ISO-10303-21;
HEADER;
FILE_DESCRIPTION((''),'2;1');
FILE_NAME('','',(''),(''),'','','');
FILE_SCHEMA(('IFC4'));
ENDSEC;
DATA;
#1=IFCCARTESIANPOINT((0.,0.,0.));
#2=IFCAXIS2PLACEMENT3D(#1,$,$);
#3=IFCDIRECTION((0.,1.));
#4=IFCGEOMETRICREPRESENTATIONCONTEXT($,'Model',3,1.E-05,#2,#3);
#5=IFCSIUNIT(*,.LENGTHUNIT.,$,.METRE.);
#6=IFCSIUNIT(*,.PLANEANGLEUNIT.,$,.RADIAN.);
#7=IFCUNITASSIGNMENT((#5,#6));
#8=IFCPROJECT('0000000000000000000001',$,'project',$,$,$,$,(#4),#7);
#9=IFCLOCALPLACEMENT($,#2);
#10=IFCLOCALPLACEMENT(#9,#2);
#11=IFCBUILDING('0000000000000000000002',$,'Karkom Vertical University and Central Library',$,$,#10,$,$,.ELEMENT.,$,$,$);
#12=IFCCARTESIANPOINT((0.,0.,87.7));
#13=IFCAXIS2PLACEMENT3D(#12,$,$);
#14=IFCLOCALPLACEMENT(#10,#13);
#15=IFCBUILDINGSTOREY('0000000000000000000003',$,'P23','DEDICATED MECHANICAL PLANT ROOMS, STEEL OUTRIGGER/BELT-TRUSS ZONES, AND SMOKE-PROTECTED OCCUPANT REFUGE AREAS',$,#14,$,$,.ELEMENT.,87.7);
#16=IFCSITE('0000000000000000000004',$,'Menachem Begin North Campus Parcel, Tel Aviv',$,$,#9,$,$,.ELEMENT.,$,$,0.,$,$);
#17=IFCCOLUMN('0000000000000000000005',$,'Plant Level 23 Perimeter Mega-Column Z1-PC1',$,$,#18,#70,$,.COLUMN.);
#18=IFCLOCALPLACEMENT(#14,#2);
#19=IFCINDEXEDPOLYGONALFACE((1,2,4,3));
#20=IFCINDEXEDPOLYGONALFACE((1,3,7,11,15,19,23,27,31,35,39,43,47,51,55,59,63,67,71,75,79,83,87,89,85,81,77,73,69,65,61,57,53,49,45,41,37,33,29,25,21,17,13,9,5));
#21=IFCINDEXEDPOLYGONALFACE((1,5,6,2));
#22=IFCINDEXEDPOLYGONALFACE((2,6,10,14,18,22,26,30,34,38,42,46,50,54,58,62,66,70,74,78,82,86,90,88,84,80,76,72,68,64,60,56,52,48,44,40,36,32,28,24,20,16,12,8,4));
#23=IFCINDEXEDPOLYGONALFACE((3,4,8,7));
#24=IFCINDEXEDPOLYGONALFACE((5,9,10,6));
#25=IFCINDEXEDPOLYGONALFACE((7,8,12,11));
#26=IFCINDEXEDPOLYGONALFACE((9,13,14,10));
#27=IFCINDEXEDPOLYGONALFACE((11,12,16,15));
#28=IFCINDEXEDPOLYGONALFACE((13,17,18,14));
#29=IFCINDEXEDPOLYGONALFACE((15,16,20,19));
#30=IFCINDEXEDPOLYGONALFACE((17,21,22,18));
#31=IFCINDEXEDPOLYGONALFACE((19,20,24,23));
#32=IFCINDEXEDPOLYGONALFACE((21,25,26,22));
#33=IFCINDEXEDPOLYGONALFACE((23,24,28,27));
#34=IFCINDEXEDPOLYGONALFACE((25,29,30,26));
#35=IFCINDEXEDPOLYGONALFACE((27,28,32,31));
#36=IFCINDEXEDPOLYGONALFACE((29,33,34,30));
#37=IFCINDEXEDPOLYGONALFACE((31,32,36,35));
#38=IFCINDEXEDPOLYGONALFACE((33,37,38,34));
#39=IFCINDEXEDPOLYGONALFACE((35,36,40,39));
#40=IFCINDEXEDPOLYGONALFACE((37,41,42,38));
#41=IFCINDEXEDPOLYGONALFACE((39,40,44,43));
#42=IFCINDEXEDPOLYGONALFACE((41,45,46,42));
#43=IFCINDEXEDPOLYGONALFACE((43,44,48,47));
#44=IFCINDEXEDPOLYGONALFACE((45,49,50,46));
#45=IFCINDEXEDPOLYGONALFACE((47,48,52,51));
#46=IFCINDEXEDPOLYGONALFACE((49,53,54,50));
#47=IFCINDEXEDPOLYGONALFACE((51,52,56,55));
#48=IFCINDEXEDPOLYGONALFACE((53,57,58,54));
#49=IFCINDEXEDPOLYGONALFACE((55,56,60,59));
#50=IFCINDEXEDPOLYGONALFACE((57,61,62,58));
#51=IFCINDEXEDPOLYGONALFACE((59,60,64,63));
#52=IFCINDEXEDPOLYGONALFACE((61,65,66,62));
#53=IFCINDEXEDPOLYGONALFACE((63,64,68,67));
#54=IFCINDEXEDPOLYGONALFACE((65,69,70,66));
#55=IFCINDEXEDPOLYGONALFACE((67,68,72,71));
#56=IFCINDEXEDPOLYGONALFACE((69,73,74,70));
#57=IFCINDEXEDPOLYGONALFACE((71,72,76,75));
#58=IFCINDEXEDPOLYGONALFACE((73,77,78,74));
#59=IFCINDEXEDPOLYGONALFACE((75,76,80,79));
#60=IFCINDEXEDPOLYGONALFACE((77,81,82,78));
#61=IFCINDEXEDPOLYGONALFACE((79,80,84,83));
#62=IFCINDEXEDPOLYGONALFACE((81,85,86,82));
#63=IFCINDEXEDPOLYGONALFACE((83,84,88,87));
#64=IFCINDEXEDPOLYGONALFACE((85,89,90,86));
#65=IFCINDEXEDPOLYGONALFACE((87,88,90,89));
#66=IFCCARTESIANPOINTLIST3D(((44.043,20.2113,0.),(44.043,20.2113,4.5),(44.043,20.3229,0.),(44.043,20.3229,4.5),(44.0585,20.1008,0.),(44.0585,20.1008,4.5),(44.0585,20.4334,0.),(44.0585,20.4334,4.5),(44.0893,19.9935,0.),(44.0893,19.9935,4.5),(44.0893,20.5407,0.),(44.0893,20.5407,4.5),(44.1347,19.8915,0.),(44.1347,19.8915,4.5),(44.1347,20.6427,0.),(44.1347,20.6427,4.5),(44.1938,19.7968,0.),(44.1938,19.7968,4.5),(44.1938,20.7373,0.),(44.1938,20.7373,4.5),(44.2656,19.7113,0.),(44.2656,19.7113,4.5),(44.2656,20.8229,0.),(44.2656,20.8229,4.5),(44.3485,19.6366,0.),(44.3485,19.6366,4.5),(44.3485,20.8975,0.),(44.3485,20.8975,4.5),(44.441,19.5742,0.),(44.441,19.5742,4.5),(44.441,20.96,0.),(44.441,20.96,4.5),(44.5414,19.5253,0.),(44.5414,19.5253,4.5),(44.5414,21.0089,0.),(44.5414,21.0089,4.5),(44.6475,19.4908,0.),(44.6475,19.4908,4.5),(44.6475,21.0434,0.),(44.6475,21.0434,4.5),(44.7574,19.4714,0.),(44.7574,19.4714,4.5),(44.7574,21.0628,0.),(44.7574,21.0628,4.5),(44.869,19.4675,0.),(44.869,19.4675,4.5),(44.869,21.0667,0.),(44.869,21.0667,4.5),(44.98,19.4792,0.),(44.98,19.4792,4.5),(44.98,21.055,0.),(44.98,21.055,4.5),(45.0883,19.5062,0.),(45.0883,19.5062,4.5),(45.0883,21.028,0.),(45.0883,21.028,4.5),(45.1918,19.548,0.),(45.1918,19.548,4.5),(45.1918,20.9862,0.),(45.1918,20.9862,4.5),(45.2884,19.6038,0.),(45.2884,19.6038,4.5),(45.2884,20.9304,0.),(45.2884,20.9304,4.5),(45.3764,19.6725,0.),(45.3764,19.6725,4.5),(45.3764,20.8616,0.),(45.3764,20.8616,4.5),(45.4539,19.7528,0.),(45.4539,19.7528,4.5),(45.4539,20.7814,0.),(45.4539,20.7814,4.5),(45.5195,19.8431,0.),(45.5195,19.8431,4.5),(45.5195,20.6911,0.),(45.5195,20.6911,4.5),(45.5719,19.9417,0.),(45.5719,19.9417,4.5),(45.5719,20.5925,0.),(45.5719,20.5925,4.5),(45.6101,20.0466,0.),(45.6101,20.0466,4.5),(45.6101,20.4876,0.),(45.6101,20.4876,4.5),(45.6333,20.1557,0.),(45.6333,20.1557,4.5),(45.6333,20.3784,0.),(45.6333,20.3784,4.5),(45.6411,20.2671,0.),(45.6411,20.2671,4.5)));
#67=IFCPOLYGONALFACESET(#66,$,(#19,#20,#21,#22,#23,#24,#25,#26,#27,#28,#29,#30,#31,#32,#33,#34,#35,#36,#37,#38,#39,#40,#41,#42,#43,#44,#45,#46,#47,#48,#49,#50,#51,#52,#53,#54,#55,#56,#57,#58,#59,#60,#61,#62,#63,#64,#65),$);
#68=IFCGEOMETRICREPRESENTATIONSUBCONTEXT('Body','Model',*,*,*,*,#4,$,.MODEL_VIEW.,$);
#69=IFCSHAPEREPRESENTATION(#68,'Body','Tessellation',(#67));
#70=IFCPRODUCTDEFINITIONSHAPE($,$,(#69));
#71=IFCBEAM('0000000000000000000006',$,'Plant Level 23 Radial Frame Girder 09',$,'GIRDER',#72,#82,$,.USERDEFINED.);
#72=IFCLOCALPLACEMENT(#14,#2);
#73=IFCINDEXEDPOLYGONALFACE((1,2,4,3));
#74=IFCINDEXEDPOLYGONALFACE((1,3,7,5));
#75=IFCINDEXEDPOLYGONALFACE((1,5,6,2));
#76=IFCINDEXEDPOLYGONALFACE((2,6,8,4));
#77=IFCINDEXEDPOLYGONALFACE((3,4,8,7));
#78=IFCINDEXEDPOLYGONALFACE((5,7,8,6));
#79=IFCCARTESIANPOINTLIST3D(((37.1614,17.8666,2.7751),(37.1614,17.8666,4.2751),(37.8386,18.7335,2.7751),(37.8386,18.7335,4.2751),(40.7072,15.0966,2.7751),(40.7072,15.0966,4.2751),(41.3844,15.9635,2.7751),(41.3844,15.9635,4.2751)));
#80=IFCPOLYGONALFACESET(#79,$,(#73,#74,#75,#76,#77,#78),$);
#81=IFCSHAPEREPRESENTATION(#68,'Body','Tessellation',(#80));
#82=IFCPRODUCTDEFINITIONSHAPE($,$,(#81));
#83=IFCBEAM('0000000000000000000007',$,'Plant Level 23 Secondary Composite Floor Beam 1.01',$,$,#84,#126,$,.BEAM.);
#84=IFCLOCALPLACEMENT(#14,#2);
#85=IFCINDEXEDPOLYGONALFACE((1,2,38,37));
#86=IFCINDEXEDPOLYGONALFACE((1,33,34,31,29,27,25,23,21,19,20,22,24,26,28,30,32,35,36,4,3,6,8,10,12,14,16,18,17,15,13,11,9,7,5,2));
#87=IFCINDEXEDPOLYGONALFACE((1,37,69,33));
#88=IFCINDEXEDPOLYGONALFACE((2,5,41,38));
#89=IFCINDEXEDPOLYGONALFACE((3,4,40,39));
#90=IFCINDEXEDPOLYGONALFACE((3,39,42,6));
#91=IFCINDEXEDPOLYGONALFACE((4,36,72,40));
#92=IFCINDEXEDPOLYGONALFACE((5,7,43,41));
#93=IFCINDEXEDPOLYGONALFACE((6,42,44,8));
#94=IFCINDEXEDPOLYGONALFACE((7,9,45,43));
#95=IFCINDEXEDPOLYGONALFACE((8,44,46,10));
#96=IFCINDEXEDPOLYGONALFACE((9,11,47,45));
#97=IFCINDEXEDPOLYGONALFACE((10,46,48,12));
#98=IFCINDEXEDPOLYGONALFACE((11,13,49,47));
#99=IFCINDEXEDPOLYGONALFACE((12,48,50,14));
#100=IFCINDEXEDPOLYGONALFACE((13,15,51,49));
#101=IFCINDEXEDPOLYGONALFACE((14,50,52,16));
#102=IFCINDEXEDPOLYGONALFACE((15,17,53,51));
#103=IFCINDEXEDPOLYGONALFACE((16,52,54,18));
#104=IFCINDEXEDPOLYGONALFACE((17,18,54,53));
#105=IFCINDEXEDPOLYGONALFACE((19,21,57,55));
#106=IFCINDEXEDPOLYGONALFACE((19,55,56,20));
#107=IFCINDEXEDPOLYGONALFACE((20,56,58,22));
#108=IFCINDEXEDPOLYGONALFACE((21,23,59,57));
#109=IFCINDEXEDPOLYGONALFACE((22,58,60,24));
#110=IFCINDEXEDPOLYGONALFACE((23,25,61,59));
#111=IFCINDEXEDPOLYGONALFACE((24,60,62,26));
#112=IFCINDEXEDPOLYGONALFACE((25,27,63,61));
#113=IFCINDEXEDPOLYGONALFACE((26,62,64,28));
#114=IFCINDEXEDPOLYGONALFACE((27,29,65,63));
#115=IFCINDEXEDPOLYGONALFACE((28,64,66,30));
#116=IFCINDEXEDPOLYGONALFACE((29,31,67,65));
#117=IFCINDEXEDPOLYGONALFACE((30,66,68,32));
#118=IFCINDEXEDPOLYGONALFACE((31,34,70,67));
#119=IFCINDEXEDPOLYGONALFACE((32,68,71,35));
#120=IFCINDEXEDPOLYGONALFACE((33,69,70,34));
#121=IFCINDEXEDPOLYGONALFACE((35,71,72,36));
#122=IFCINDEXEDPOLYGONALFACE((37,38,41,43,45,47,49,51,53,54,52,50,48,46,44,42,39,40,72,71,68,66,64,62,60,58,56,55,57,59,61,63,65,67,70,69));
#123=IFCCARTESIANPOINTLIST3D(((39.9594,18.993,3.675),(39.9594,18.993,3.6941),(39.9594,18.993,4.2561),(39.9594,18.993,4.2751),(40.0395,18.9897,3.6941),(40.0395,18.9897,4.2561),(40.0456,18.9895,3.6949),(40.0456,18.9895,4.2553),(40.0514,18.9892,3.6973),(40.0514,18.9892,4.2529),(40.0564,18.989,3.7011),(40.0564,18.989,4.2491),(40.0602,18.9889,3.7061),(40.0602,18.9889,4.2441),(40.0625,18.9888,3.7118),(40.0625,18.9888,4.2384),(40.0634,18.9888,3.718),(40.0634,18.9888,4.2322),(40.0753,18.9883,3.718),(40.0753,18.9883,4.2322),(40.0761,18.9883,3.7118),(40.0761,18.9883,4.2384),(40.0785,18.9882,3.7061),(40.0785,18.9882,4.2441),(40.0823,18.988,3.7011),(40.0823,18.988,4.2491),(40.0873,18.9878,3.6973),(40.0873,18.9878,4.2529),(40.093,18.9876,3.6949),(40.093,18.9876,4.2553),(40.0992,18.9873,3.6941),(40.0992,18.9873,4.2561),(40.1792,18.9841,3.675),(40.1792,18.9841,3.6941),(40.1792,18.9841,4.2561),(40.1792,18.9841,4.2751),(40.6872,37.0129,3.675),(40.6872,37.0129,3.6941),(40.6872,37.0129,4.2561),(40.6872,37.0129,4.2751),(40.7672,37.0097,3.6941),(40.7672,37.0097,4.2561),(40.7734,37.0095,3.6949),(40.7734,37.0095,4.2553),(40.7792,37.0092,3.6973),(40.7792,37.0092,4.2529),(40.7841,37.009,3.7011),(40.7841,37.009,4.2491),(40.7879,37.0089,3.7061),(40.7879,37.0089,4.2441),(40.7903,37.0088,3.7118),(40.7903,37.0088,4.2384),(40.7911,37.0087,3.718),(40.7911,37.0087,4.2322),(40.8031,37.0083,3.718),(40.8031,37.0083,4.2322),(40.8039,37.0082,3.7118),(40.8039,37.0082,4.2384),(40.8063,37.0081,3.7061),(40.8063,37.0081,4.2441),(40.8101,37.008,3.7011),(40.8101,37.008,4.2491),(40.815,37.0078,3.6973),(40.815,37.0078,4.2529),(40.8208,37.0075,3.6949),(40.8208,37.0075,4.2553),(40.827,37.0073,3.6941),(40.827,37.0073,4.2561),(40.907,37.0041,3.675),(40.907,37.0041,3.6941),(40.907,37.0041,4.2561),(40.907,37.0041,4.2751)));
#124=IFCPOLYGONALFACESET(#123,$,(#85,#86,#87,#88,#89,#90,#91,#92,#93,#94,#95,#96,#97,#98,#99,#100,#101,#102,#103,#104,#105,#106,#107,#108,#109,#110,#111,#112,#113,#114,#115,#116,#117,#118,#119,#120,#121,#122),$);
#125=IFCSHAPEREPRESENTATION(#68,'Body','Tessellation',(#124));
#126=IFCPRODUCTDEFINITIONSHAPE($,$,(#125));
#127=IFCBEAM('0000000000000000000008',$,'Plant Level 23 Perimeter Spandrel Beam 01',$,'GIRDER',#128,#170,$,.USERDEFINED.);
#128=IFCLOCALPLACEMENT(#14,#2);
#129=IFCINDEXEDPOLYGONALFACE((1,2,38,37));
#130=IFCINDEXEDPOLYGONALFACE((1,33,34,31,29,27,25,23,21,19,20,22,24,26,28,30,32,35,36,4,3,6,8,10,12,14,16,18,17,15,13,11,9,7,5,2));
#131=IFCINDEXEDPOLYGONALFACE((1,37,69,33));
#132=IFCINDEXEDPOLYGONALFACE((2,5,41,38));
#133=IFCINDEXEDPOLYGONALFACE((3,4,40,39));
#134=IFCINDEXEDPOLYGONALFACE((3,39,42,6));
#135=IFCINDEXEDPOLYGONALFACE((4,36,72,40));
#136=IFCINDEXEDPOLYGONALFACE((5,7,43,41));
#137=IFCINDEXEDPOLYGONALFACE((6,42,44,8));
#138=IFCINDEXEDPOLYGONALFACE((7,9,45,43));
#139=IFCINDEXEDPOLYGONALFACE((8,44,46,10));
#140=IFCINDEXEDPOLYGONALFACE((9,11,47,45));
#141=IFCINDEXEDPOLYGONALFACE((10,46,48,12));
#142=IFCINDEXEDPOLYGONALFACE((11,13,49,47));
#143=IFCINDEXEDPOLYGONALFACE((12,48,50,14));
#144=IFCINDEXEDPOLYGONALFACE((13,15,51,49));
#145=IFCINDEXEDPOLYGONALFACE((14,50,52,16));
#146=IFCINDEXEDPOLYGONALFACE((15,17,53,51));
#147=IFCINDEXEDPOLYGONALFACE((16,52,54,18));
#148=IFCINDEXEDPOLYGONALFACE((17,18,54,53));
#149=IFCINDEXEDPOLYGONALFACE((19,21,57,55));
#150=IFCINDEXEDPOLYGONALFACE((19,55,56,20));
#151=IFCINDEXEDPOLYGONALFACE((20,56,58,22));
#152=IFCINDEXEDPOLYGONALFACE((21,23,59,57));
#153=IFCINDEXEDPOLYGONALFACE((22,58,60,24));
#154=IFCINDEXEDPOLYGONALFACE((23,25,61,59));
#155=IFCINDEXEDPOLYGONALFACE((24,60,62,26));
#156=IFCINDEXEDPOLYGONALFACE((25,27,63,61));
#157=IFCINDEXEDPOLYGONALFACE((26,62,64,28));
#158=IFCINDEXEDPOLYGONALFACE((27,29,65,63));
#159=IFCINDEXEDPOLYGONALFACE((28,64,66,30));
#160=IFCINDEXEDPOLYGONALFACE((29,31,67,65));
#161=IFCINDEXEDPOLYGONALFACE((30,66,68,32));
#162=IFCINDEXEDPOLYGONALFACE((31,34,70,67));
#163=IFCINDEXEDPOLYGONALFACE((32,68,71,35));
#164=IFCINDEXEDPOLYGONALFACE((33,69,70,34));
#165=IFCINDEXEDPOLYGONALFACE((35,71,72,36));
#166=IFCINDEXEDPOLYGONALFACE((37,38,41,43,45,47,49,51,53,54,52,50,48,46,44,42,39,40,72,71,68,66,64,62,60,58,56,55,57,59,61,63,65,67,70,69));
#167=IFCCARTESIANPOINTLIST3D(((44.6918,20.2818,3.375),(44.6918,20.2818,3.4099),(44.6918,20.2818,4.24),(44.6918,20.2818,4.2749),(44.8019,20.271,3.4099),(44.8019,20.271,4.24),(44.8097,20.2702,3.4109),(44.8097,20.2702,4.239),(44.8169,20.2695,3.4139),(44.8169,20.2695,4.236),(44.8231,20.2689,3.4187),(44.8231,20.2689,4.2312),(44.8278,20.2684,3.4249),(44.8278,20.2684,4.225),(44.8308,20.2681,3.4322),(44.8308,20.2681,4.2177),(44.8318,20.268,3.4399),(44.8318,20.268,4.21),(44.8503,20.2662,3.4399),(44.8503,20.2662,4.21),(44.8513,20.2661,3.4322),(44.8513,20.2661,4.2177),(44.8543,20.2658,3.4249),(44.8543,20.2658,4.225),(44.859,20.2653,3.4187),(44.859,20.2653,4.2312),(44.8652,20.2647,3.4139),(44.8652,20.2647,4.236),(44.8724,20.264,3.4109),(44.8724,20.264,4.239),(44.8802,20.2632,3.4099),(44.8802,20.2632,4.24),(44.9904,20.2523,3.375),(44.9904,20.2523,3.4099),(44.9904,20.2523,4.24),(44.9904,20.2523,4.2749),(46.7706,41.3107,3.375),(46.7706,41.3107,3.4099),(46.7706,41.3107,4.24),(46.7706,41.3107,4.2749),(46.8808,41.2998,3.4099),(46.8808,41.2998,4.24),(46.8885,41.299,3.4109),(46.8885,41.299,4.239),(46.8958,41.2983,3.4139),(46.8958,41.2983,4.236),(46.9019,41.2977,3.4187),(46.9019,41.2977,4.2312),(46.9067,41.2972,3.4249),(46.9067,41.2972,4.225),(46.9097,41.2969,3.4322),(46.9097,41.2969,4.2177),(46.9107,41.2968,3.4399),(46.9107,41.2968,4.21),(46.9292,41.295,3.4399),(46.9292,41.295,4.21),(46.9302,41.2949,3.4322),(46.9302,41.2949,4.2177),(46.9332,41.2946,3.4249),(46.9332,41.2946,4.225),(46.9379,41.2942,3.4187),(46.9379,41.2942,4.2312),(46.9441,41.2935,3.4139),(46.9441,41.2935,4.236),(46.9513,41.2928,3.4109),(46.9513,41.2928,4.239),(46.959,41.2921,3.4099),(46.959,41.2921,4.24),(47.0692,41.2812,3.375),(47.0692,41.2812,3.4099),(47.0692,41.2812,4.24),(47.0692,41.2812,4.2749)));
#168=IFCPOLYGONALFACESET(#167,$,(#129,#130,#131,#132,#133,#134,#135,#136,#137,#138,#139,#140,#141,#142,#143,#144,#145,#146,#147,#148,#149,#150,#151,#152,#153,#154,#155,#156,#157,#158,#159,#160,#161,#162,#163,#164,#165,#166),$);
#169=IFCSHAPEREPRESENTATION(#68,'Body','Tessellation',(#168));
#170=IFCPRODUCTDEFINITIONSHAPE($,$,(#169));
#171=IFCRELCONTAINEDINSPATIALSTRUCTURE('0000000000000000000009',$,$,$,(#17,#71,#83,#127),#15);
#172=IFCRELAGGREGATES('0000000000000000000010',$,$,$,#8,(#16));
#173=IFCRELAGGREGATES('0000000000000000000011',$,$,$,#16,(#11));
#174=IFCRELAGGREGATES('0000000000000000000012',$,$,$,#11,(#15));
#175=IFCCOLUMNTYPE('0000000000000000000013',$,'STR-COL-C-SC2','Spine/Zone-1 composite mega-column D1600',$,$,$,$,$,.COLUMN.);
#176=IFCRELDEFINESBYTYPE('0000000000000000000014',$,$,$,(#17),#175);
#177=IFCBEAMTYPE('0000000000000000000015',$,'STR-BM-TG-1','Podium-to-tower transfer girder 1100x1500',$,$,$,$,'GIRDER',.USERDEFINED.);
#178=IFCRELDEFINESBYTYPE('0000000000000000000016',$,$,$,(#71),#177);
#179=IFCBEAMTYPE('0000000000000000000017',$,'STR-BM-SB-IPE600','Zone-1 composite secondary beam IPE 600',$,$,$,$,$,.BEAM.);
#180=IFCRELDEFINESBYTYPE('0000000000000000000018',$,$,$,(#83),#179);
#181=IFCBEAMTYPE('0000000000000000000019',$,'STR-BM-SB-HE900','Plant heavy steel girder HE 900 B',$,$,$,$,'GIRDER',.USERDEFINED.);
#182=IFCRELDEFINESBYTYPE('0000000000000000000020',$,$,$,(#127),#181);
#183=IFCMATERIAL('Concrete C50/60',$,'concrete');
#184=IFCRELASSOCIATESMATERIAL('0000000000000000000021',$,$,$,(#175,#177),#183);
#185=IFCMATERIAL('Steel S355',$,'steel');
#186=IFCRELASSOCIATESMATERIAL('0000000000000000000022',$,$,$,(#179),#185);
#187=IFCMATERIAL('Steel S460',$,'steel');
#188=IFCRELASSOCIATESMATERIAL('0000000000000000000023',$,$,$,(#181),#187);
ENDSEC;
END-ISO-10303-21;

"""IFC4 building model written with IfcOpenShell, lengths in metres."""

from ifc_helpers import new_model, si_unit, direction, frame, origin, origin_with_axes, origin_2d, place, context, subcontext, project, spatial, rectangle, circle, i_section, extrude, source, transform, mapped, material, material_profile, profile_set, type_object, element, save


model = new_model("IFC4")

# Units and contexts
model_context = context("Model", 3, precision=1e-05, world=origin(), true_north=direction((0.0, 1.0)))
body_context = subcontext(model_context, "Body", "Model", "MODEL_VIEW")
ifc_project = project(units=[si_unit("LENGTHUNIT", "METRE"), si_unit("PLANEANGLEUNIT", "RADIAN")], contexts=[model_context])

# Site, building, storey
site_placement = place(None, origin())
site = spatial("IfcSite", under=ifc_project, at=site_placement, Name="Menachem Begin North Campus Parcel, Tel Aviv", CompositionType="ELEMENT", RefElevation=0.0)
building_placement = place(site_placement, origin())
building = spatial("IfcBuilding", under=site, at=building_placement, Name="Karkom Vertical University and Central Library", CompositionType="ELEMENT")
storey_placement = place(building_placement, frame((0.0, 0.0, 87.7)))
storey = spatial("IfcBuildingStorey", under=building, at=storey_placement, Name="P23", Description="DEDICATED MECHANICAL PLANT ROOMS, STEEL OUTRIGGER/BELT-TRUSS ZONES, AND SMOKE-PROTECTED OCCUPANT REFUGE AREAS", CompositionType="ELEMENT", Elevation=87.7)

# Column
ifc_material_1 = material(Name="Concrete C50/60", Category="concrete")
ifc_material_profile_1 = material_profile(ifc_material_1, circle(Radius=0.8, at=origin_2d()), Name="CFT-D1600")
ifc_profile_set_1 = profile_set([ifc_material_profile_1], Name="Concrete C50/60")
column_type = type_object("IfcColumnType", Name="STR-COL-C-SC2", Description="Spine/Zone-1 composite mega-column D1600", PredefinedType="COLUMN", material=ifc_profile_set_1)
shared_shape_1 = source(origin_with_axes(), body_context, "Body", "SweptSolid", [
    extrude(circle(Radius=0.8, at=origin_2d()), origin(), (0.0, 0.0, 1.0), 4.5),
])
column_placement = place(storey_placement, frame((44.8411, 20.2671, 0.0), z_axis=(0.0, 0.0, 1.0), x_axis=(1.0, 0.0, 0.0)))
element("IfcColumn", 1, at=column_placement, inside=storey, type_object=column_type, Name="Plant Level 23 Perimeter Mega-Column Z1-PC1", PredefinedType="COLUMN", context=body_context, shape_type="MappedRepresentation", body=[
    mapped(shared_shape_1, transform((0.0, 0.0, 0.0), scale=1.0)),
])

# Beams
ifc_material_profile_2 = material_profile(ifc_material_1, rectangle(XDim=1.1001, YDim=1.5, at=origin_2d()), Name="TG-1100x1500")
ifc_profile_set_2 = profile_set([ifc_material_profile_2], Name="Concrete C50/60")
beam_type_1 = type_object("IfcBeamType", Name="STR-BM-TG-1", Description="Podium-to-tower transfer girder 1100x1500", ElementType="GIRDER", PredefinedType="USERDEFINED", material=ifc_profile_set_2)
shared_shape_2 = source(origin_with_axes(), body_context, "Body", "SweptSolid", [
    extrude(rectangle(XDim=1.1001, YDim=1.5, at=origin_2d()), origin(), (0.0, 0.0, 1.0), 4.4995),
])
beam_1_placement = place(storey_placement, frame((37.5, 18.3, 3.5251), z_axis=(0.788047, -0.615615, 0.0), x_axis=(0.615615, 0.788047, 0.0)))
element("IfcBeam", 2, at=beam_1_placement, inside=storey, type_object=beam_type_1, Name="Plant Level 23 Radial Frame Girder 09", ObjectType="GIRDER", PredefinedType="USERDEFINED", context=body_context, shape_type="MappedRepresentation", body=[
    mapped(shared_shape_2, transform((0.0, 0.0, 0.0), scale=1.0)),
])
ifc_material_2 = material(Name="Steel S355", Category="steel")
ifc_material_profile_3 = material_profile(ifc_material_2, i_section(OverallWidth=0.22, OverallDepth=0.6001, WebThickness=0.012, FlangeThickness=0.019, FilletRadius=0.0239, at=origin_2d()), Name="IPE 600")
ifc_profile_set_3 = profile_set([ifc_material_profile_3], Name="Steel S355")
beam_type_2 = type_object("IfcBeamType", Name="STR-BM-SB-IPE600", Description="Zone-1 composite secondary beam IPE 600", PredefinedType="BEAM", material=ifc_profile_set_3)
shared_shape_3 = source(origin_with_axes(), body_context, "Body", "SweptSolid", [
    extrude(i_section(OverallWidth=0.22, OverallDepth=0.6001, WebThickness=0.012, FlangeThickness=0.019, FilletRadius=0.0239, at=origin_2d()), origin(), (0.0, 0.0, 1.0), 18.0347),
])
beam_2_placement = place(storey_placement, frame((40.0693, 18.9885, 3.9751), z_axis=(0.040355, 0.999185, 0.0), x_axis=(-0.999185, 0.040355, 0.0)))
element("IfcBeam", 3, at=beam_2_placement, inside=storey, type_object=beam_type_2, Name="Plant Level 23 Secondary Composite Floor Beam 1.01", PredefinedType="BEAM", context=body_context, shape_type="MappedRepresentation", body=[
    mapped(shared_shape_3, transform((0.0, 0.0, 0.0), scale=1.0)),
])
ifc_material_3 = material(Name="Steel S460", Category="steel")
ifc_material_profile_4 = material_profile(ifc_material_3, i_section(OverallWidth=0.3, OverallDepth=0.8999, WebThickness=0.0186, FlangeThickness=0.0349, FilletRadius=0.03, at=origin_2d()), Name="HE 900 B")
ifc_profile_set_4 = profile_set([ifc_material_profile_4], Name="Steel S460")
beam_type_3 = type_object("IfcBeamType", Name="STR-BM-SB-HE900", Description="Plant heavy steel girder HE 900 B", ElementType="GIRDER", PredefinedType="USERDEFINED", material=ifc_profile_set_4)
shared_shape_4 = source(origin_with_axes(), body_context, "Body", "SweptSolid", [
    extrude(i_section(OverallWidth=0.3, OverallDepth=0.8999, WebThickness=0.0186, FlangeThickness=0.0349, FilletRadius=0.03, at=origin_2d()), origin(), (0.0, 0.0, 1.0), 21.1313),
])
beam_3_placement = place(storey_placement, frame((44.8411, 20.2671, 3.825), z_axis=(0.098378, 0.995149, 0.0), x_axis=(-0.995149, 0.098378, 0.0)))
element("IfcBeam", 4, at=beam_3_placement, inside=storey, type_object=beam_type_3, Name="Plant Level 23 Perimeter Spandrel Beam 01", ObjectType="GIRDER", PredefinedType="USERDEFINED", context=body_context, shape_type="MappedRepresentation", body=[
    mapped(shared_shape_4, transform((0.0, 0.0, 0.0), scale=1.0)),
])

save(model, "model.ifc")
